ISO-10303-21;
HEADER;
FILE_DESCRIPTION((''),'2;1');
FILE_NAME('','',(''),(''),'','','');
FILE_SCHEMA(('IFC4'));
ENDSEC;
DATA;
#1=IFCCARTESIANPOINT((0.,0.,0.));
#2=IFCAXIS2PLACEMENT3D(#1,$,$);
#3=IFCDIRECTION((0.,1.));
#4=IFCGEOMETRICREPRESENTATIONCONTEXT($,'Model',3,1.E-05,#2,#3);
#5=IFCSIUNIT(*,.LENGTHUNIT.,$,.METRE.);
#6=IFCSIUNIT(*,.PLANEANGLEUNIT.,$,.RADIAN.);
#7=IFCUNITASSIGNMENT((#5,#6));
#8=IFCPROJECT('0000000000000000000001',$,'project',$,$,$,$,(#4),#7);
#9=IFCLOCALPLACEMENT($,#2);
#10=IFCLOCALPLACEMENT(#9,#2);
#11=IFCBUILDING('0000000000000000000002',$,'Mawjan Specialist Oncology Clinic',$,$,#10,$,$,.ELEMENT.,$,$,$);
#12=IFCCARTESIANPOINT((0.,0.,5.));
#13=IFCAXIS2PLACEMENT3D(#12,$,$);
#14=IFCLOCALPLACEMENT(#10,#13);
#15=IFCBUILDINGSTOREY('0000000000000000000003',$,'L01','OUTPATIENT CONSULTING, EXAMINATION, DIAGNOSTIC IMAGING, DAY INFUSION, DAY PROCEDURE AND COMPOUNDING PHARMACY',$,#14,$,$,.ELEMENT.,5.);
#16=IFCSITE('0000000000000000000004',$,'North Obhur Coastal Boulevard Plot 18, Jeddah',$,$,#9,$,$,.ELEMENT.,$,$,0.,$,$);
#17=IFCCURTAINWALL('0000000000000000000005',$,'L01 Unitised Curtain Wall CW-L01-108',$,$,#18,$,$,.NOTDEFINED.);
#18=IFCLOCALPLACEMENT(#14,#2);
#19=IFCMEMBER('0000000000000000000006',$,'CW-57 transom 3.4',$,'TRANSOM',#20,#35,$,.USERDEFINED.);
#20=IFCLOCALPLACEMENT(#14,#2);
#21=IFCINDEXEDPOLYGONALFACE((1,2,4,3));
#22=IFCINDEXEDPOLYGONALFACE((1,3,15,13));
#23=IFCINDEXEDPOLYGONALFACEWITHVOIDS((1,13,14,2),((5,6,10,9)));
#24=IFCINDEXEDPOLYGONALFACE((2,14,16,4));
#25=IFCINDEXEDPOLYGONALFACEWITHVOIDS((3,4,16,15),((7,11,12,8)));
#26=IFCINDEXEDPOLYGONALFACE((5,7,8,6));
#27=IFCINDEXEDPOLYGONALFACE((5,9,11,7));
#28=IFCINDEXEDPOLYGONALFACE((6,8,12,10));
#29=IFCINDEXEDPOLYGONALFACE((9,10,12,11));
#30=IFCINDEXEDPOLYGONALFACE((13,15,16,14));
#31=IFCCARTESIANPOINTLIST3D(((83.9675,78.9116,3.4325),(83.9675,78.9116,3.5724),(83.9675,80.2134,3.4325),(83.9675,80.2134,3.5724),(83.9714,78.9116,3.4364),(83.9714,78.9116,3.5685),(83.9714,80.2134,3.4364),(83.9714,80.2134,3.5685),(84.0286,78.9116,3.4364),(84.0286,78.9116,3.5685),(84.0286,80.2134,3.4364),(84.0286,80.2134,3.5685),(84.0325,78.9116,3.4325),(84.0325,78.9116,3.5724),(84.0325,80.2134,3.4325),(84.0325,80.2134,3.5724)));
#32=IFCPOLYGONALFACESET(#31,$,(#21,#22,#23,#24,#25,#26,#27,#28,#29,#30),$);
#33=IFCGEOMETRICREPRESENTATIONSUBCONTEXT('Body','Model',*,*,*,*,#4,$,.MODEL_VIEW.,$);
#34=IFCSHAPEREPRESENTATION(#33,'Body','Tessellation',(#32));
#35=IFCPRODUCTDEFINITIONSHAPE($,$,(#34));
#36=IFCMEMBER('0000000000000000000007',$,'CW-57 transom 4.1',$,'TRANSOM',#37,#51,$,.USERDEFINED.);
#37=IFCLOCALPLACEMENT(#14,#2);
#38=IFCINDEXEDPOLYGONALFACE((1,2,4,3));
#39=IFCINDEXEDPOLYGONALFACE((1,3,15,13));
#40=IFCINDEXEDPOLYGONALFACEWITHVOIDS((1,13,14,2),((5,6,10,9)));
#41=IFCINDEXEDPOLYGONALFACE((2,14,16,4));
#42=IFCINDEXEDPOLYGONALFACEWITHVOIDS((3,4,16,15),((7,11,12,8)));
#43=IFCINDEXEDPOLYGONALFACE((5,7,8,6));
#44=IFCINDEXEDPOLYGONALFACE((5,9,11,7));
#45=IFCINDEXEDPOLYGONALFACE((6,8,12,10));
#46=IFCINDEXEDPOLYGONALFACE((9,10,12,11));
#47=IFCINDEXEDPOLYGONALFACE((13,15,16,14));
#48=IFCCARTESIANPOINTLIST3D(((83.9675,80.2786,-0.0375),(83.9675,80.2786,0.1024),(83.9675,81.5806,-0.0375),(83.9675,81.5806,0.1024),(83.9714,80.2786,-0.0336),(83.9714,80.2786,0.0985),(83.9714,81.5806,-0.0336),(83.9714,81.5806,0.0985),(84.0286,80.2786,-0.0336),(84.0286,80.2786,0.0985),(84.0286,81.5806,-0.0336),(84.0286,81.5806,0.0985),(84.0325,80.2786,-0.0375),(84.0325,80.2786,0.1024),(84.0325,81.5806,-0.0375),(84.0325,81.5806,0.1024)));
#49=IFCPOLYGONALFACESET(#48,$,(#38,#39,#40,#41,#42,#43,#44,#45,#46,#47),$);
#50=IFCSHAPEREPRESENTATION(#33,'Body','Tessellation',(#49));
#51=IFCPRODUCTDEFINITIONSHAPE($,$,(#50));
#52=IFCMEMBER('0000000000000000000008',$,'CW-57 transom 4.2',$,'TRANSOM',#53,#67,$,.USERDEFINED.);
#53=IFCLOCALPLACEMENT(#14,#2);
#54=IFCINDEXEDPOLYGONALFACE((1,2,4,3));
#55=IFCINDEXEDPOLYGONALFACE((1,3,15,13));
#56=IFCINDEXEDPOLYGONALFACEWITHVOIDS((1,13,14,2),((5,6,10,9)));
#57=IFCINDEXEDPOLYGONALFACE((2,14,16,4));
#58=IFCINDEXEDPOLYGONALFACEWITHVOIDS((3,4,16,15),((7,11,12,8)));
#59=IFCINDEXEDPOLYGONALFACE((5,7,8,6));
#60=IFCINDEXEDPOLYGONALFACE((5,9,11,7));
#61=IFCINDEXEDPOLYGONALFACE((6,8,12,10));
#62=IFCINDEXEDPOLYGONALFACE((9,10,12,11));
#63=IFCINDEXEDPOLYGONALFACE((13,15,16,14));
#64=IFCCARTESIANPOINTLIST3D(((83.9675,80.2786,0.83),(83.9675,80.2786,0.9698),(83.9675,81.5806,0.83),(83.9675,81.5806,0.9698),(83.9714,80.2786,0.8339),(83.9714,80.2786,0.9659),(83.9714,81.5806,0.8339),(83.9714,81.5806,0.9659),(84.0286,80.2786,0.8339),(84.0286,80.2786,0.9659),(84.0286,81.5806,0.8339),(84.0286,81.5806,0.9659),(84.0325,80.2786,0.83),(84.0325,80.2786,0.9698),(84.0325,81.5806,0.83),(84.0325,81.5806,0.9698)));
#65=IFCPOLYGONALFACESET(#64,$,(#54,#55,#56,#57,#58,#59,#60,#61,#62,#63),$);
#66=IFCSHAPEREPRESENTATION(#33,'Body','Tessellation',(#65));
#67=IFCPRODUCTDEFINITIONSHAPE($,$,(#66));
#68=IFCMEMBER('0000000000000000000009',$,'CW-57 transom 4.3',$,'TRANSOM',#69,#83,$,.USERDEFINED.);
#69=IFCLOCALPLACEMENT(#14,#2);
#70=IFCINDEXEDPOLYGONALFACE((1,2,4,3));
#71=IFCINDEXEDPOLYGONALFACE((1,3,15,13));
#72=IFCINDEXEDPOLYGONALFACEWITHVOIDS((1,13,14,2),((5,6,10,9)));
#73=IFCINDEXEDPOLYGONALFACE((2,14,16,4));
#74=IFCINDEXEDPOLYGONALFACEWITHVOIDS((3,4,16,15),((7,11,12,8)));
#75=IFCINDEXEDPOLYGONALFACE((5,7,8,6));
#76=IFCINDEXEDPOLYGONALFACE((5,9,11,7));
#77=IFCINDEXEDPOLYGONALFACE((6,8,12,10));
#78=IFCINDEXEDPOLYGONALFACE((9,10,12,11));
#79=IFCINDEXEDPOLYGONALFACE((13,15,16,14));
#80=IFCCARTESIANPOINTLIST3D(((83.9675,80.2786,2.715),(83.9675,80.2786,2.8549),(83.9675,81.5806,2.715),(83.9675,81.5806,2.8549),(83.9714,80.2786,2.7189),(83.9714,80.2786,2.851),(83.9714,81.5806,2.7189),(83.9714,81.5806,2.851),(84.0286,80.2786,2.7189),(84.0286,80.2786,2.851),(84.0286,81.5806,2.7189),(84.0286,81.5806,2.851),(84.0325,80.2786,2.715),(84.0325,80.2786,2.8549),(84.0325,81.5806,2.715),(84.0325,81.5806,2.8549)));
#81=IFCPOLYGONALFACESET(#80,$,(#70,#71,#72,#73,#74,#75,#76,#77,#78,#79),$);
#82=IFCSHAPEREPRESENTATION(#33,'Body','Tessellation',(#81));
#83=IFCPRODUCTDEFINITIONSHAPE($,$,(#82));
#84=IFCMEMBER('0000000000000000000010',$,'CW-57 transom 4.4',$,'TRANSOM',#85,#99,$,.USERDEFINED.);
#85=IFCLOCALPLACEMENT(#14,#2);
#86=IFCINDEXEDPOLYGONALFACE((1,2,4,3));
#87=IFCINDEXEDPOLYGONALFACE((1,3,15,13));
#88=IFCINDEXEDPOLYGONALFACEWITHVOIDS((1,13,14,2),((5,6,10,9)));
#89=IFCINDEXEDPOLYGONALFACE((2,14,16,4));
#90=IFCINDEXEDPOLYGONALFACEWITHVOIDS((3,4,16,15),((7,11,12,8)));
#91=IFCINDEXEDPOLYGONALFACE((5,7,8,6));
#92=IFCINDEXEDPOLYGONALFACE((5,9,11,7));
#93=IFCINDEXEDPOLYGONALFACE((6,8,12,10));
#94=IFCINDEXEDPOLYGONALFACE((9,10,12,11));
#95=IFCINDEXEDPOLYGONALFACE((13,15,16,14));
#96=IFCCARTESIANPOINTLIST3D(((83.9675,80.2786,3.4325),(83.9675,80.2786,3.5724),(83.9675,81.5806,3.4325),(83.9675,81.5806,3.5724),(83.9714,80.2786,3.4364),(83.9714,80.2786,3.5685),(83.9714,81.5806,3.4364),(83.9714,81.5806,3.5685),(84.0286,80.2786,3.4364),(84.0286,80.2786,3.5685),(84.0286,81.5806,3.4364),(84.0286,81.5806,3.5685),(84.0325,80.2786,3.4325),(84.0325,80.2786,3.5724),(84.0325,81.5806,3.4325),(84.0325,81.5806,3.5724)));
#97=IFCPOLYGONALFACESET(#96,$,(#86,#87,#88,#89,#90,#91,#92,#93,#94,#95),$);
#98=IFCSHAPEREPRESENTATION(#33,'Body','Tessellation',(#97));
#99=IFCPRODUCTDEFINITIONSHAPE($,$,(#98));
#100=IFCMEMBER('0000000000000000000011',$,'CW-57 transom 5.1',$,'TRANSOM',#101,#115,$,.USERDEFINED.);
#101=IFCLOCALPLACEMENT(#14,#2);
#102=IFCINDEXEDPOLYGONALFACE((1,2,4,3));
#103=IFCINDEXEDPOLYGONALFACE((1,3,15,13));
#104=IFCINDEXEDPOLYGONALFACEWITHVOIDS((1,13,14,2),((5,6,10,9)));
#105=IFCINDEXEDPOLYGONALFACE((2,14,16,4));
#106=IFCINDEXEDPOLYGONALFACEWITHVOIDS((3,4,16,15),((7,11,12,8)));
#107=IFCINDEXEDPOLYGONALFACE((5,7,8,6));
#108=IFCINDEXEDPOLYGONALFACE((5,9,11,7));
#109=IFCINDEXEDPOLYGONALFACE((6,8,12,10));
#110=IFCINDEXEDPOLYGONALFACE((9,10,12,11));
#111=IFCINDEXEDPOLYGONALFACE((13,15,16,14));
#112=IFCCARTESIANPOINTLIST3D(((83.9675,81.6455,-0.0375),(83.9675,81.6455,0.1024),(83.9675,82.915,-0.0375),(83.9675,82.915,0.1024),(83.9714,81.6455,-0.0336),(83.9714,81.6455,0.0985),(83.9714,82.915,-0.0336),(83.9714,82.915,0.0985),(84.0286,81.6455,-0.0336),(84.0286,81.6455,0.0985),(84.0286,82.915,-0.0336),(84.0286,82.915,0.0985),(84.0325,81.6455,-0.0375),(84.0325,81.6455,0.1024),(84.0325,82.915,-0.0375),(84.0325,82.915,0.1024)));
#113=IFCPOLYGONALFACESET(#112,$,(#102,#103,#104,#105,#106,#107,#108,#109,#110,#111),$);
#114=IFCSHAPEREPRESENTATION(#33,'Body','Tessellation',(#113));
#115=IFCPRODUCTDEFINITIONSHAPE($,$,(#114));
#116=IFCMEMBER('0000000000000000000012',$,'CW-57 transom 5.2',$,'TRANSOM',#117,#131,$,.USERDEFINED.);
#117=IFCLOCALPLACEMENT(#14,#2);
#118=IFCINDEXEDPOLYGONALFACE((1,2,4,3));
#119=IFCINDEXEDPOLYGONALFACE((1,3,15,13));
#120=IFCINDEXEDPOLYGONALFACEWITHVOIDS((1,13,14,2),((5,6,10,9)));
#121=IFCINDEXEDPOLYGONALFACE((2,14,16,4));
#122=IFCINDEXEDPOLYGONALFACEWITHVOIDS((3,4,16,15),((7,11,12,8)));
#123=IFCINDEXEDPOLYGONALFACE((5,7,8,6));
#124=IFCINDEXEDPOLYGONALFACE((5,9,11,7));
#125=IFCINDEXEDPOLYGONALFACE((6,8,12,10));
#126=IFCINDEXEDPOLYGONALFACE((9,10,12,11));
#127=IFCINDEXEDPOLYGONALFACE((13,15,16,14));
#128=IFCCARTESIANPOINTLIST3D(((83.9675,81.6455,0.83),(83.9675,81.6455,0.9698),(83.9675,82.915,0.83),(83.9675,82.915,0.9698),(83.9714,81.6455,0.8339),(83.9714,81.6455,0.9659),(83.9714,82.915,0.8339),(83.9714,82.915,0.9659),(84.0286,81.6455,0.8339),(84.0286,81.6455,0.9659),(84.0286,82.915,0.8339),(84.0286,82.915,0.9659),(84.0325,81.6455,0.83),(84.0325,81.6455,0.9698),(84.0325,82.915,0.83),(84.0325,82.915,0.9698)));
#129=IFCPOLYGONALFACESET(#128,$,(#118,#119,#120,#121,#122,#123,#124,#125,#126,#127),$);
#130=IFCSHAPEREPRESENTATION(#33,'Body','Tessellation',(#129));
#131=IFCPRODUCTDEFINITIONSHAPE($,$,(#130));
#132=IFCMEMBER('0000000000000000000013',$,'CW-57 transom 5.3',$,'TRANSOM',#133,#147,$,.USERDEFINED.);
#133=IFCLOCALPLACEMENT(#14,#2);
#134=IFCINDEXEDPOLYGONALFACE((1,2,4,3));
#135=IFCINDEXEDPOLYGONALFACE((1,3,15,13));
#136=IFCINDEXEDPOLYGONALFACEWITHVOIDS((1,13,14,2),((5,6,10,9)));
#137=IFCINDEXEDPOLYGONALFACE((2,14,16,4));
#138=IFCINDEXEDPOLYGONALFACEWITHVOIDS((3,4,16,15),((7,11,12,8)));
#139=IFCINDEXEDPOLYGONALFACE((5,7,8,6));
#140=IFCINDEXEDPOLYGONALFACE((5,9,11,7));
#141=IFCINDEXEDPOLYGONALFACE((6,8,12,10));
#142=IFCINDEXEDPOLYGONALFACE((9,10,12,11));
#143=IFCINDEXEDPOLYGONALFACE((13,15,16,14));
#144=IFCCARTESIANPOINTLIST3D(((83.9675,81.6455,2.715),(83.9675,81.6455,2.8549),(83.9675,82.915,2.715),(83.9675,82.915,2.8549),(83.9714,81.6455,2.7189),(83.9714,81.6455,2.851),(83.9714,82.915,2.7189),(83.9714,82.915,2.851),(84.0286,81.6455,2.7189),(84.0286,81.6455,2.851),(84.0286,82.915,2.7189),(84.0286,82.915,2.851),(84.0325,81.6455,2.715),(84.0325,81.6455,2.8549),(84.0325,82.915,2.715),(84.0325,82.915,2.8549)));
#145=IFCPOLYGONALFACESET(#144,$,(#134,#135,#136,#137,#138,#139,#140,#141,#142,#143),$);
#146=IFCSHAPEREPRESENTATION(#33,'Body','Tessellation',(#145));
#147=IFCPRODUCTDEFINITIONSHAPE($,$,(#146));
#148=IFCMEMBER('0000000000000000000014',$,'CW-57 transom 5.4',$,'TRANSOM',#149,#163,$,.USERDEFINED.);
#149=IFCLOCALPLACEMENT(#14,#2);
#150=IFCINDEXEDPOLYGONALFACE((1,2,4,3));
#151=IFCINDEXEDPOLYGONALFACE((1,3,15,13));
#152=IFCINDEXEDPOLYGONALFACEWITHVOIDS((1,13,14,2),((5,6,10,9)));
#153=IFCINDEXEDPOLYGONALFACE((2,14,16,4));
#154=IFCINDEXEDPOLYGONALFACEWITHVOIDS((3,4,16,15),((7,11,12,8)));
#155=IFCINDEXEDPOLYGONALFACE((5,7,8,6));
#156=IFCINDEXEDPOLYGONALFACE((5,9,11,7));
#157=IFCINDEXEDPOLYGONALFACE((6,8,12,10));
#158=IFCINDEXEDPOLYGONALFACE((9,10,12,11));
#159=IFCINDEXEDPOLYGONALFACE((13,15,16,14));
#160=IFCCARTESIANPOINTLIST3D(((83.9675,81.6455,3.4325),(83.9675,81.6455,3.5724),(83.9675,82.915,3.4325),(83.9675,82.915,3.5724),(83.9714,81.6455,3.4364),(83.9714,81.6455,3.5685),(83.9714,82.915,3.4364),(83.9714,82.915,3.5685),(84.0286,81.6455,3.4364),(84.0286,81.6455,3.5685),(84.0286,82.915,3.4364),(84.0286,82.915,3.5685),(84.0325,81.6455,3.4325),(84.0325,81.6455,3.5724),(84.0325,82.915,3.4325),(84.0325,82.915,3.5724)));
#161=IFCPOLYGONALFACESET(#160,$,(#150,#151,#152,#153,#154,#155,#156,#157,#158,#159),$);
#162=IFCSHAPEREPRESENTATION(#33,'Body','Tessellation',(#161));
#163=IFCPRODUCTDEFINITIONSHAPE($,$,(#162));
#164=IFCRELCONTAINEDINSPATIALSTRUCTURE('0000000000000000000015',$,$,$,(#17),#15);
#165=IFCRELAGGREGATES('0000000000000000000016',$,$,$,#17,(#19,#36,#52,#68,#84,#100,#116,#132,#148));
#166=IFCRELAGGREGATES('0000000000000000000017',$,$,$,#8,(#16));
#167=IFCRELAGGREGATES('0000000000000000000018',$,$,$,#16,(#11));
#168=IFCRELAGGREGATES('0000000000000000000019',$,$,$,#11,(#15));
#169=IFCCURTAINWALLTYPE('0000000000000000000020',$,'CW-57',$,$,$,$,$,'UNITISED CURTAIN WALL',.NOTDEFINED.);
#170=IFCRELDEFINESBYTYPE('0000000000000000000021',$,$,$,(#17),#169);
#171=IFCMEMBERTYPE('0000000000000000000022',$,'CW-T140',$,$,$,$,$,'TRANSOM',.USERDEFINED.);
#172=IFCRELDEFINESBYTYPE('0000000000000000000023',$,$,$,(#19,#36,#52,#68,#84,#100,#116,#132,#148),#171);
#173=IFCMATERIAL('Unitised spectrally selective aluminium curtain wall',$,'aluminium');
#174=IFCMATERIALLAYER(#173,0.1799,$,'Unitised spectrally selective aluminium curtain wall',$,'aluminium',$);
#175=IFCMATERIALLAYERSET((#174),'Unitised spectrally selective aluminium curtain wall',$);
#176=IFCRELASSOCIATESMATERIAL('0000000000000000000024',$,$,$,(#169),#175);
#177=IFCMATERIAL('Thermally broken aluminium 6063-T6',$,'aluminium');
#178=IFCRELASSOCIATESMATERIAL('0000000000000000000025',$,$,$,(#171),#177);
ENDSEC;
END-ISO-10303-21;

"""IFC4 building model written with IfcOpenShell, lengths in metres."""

from ifc_helpers import new_model, si_unit, direction, frame, origin, origin_2d, place, context, subcontext, project, spatial, hollow_rectangle, extrude, material, layer, layer_set, material_profile, profile_set, type_object, element, aggregate, save


model = new_model("IFC4")

# Units and contexts
model_context = context("Model", 3, precision=1e-05, world=origin(), true_north=direction((0.0, 1.0)))
body_context = subcontext(model_context, "Body", "Model", "MODEL_VIEW")
ifc_project = project(units=[si_unit("LENGTHUNIT", "METRE"), si_unit("PLANEANGLEUNIT", "RADIAN")], contexts=[model_context])

# Site, building, storey
site_placement = place(None, origin())
site = spatial("IfcSite", under=ifc_project, at=site_placement, Name="North Obhur Coastal Boulevard Plot 18, Jeddah", CompositionType="ELEMENT", RefElevation=0.0)
building_placement = place(site_placement, origin())
building = spatial("IfcBuilding", under=site, at=building_placement, Name="Mawjan Specialist Oncology Clinic", CompositionType="ELEMENT")
storey_placement = place(building_placement, frame((0.0, 0.0, 5.0)))
storey = spatial("IfcBuildingStorey", under=building, at=storey_placement, Name="L01", Description="OUTPATIENT CONSULTING, EXAMINATION, DIAGNOSTIC IMAGING, DAY INFUSION, DAY PROCEDURE AND COMPOUNDING PHARMACY", CompositionType="ELEMENT", Elevation=5.0)

# Curtain wall, members
ifc_material_1 = material(Name="Unitised spectrally selective aluminium curtain wall", Category="aluminium")
ifc_layer_1 = layer(ifc_material_1, 0.1799, Name="Unitised spectrally selective aluminium curtain wall", Category="aluminium")
ifc_layer_set_1 = layer_set([ifc_layer_1], Name="Unitised spectrally selective aluminium curtain wall")
curtain_wall_type = type_object("IfcCurtainWallType", Name="CW-57", ElementType="UNITISED CURTAIN WALL", PredefinedType="NOTDEFINED", material=ifc_layer_set_1)
curtain_wall_placement = place(storey_placement, origin())
curtain_wall = element("IfcCurtainWall", 1, at=curtain_wall_placement, inside=storey, type_object=curtain_wall_type, Name="L01 Unitised Curtain Wall CW-L01-108", PredefinedType="NOTDEFINED")
ifc_material_2 = material(Name="Thermally broken aluminium 6063-T6", Category="aluminium")
ifc_material_profile_1 = material_profile(ifc_material_2, hollow_rectangle(XDim=0.0649, YDim=0.1399, WallThickness=0.0039, at=origin_2d()), Name="ALU TRANSOM 140x65x4", Category="aluminium")
ifc_profile_set_1 = profile_set([ifc_material_profile_1], Name="Thermally broken aluminium 6063-T6")
member_type_1 = type_object("IfcMemberType", Name="CW-T140", ElementType="TRANSOM", PredefinedType="USERDEFINED", material=ifc_profile_set_1)
member_1_placement = place(storey_placement, frame((84.0, 78.9116, 3.5024), z_axis=(0.0, 1.0, 0.0), x_axis=(-1.0, 0.0, 0.0)))
member_1 = element("IfcMember", 2, at=member_1_placement, type_object=member_type_1, Name="CW-57 transom 3.4", ObjectType="TRANSOM", PredefinedType="USERDEFINED", context=body_context, shape_type="SweptSolid", body=[
    extrude(hollow_rectangle(XDim=0.0649, YDim=0.1399, WallThickness=0.0039, at=origin_2d()), origin(), (0.0, 0.0, 1.0), 1.3018),
])
member_2_placement = place(storey_placement, frame((84.0, 80.2786, 0.0325), z_axis=(0.0, 1.0, 0.0), x_axis=(-1.0, 0.0, 0.0)))
member_2 = element("IfcMember", 3, at=member_2_placement, type_object=member_type_1, Name="CW-57 transom 4.1", ObjectType="TRANSOM", PredefinedType="USERDEFINED", context=body_context, shape_type="SweptSolid", body=[
    extrude(hollow_rectangle(XDim=0.0649, YDim=0.1399, WallThickness=0.0039, at=origin_2d()), origin(), (0.0, 0.0, 1.0), 1.302),
])
member_3_placement = place(storey_placement, frame((84.0, 80.2786, 0.8999), z_axis=(0.0, 1.0, 0.0), x_axis=(-1.0, 0.0, 0.0)))
member_3 = element("IfcMember", 4, at=member_3_placement, type_object=member_type_1, Name="CW-57 transom 4.2", ObjectType="TRANSOM", PredefinedType="USERDEFINED", context=body_context, shape_type="SweptSolid", body=[
    extrude(hollow_rectangle(XDim=0.0649, YDim=0.1399, WallThickness=0.0039, at=origin_2d()), origin(), (0.0, 0.0, 1.0), 1.302),
])
member_4_placement = place(storey_placement, frame((84.0, 80.2786, 2.7849), z_axis=(0.0, 1.0, 0.0), x_axis=(-1.0, 0.0, 0.0)))
member_4 = element("IfcMember", 5, at=member_4_placement, type_object=member_type_1, Name="CW-57 transom 4.3", ObjectType="TRANSOM", PredefinedType="USERDEFINED", context=body_context, shape_type="SweptSolid", body=[
    extrude(hollow_rectangle(XDim=0.0649, YDim=0.1399, WallThickness=0.0039, at=origin_2d()), origin(), (0.0, 0.0, 1.0), 1.302),
])
member_5_placement = place(storey_placement, frame((84.0, 80.2786, 3.5024), z_axis=(0.0, 1.0, 0.0), x_axis=(-1.0, 0.0, 0.0)))
member_5 = element("IfcMember", 6, at=member_5_placement, type_object=member_type_1, Name="CW-57 transom 4.4", ObjectType="TRANSOM", PredefinedType="USERDEFINED", context=body_context, shape_type="SweptSolid", body=[
    extrude(hollow_rectangle(XDim=0.0649, YDim=0.1399, WallThickness=0.0039, at=origin_2d()), origin(), (0.0, 0.0, 1.0), 1.302),
])
member_6_placement = place(storey_placement, frame((84.0, 81.6455, 0.0325), z_axis=(0.0, 1.0, 0.0), x_axis=(-1.0, 0.0, 0.0)))
member_6 = element("IfcMember", 7, at=member_6_placement, type_object=member_type_1, Name="CW-57 transom 5.1", ObjectType="TRANSOM", PredefinedType="USERDEFINED", context=body_context, shape_type="SweptSolid", body=[
    extrude(hollow_rectangle(XDim=0.0649, YDim=0.1399, WallThickness=0.0039, at=origin_2d()), origin(), (0.0, 0.0, 1.0), 1.2695),
])
member_7_placement = place(storey_placement, frame((84.0, 81.6455, 0.8999), z_axis=(0.0, 1.0, 0.0), x_axis=(-1.0, 0.0, 0.0)))
member_7 = element("IfcMember", 8, at=member_7_placement, type_object=member_type_1, Name="CW-57 transom 5.2", ObjectType="TRANSOM", PredefinedType="USERDEFINED", context=body_context, shape_type="SweptSolid", body=[
    extrude(hollow_rectangle(XDim=0.0649, YDim=0.1399, WallThickness=0.0039, at=origin_2d()), origin(), (0.0, 0.0, 1.0), 1.2695),
])
member_8_placement = place(storey_placement, frame((84.0, 81.6455, 2.7849), z_axis=(0.0, 1.0, 0.0), x_axis=(-1.0, 0.0, 0.0)))
member_8 = element("IfcMember", 9, at=member_8_placement, type_object=member_type_1, Name="CW-57 transom 5.3", ObjectType="TRANSOM", PredefinedType="USERDEFINED", context=body_context, shape_type="SweptSolid", body=[
    extrude(hollow_rectangle(XDim=0.0649, YDim=0.1399, WallThickness=0.0039, at=origin_2d()), origin(), (0.0, 0.0, 1.0), 1.2695),
])
member_9_placement = place(storey_placement, frame((84.0, 81.6455, 3.5024), z_axis=(0.0, 1.0, 0.0), x_axis=(-1.0, 0.0, 0.0)))
member_9 = element("IfcMember", 10, at=member_9_placement, type_object=member_type_1, Name="CW-57 transom 5.4", ObjectType="TRANSOM", PredefinedType="USERDEFINED", context=body_context, shape_type="SweptSolid", body=[
    extrude(hollow_rectangle(XDim=0.0649, YDim=0.1399, WallThickness=0.0039, at=origin_2d()), origin(), (0.0, 0.0, 1.0), 1.2695),
])

aggregate(curtain_wall, [member_1, member_2, member_3, member_4, member_5, member_6, member_7, member_8, member_9])

save(model, "model.ifc")
